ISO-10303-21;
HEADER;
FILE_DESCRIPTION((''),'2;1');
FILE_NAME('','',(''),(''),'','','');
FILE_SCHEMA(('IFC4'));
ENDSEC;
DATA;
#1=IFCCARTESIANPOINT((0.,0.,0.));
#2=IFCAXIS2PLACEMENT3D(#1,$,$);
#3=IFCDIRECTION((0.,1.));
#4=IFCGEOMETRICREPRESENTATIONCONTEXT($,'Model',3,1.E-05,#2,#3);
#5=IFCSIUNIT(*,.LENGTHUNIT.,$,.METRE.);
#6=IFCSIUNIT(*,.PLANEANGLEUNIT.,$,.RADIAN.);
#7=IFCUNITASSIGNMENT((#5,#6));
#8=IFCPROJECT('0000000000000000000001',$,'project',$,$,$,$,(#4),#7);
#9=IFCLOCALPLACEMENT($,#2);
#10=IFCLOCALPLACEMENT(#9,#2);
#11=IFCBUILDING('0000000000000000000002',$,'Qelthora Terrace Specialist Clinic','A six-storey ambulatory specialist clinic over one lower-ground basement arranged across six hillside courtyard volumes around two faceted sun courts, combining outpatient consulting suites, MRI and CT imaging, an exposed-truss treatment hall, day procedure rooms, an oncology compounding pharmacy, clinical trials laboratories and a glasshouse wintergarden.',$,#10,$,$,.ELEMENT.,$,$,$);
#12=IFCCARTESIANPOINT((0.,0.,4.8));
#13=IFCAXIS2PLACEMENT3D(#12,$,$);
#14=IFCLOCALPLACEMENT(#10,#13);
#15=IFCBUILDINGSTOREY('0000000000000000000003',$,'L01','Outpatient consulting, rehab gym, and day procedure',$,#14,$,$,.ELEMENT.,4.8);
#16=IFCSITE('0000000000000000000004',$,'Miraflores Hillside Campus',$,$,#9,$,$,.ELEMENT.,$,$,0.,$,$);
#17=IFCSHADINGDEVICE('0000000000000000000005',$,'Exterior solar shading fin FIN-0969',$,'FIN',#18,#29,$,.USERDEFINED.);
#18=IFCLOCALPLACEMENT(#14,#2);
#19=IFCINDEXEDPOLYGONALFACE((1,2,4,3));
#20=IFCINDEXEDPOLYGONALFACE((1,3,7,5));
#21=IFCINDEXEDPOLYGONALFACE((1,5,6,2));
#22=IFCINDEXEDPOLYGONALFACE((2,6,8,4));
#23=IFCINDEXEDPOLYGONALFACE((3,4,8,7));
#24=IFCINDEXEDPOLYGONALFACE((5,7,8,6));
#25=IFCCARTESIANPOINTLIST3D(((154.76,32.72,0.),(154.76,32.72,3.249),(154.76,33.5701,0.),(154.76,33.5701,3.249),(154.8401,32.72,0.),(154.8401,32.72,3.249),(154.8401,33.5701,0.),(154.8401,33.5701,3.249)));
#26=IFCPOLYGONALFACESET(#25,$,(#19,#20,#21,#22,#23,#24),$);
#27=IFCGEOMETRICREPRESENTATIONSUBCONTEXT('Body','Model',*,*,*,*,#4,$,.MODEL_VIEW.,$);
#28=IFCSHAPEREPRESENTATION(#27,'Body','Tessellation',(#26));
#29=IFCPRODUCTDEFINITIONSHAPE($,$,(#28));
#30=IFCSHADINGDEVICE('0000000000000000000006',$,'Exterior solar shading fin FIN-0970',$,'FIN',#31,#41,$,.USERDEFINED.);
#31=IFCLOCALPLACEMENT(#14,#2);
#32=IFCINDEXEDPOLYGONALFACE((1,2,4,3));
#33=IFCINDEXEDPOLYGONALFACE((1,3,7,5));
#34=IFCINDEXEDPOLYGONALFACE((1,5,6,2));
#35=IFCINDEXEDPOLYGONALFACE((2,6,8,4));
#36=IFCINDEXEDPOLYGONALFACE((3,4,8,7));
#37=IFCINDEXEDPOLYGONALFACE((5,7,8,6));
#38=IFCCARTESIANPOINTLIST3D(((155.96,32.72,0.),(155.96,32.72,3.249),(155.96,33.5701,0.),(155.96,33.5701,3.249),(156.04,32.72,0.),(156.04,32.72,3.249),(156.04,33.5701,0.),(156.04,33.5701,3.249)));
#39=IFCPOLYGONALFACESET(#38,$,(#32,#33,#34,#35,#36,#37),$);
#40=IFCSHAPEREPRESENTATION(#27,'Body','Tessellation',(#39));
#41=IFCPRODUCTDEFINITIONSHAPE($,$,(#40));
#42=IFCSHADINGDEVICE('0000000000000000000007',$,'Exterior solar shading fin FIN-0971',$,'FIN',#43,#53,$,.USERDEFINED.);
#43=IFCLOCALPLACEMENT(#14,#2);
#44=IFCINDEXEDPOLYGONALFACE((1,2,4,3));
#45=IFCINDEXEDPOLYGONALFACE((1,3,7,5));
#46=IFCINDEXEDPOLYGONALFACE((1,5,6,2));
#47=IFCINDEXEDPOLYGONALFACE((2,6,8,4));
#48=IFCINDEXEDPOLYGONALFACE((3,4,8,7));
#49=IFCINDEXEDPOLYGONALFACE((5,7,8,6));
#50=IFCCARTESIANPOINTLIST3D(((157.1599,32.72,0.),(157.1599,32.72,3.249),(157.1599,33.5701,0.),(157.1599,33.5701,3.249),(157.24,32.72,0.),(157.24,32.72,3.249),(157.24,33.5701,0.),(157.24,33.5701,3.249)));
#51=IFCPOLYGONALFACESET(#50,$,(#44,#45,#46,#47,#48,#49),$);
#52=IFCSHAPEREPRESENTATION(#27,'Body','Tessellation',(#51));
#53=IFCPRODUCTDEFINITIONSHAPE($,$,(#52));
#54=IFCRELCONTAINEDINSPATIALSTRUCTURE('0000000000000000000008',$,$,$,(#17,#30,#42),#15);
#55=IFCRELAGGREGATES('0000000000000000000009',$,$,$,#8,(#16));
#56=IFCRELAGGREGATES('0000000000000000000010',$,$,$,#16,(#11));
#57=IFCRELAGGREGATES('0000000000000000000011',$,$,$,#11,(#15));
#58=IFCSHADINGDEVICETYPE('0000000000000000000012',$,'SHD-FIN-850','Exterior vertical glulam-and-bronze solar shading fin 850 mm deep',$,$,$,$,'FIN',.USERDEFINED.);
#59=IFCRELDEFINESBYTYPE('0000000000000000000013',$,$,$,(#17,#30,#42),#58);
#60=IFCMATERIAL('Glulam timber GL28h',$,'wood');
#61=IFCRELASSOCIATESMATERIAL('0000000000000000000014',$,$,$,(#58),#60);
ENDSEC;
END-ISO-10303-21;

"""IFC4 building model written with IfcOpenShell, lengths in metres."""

from ifc_helpers import new_model, si_unit, direction, frame, origin, origin_2d, place, context, subcontext, project, spatial, rectangle, extrude, material, type_object, element, save


model = new_model("IFC4")

# Units and contexts
model_context = context("Model", 3, precision=1e-05, world=origin(), true_north=direction((0.0, 1.0)))
body_context = subcontext(model_context, "Body", "Model", "MODEL_VIEW")
ifc_project = project(units=[si_unit("LENGTHUNIT", "METRE"), si_unit("PLANEANGLEUNIT", "RADIAN")], contexts=[model_context])

# Site, building, storey
site_placement = place(None, origin())
site = spatial("IfcSite", under=ifc_project, at=site_placement, Name="Miraflores Hillside Campus", CompositionType="ELEMENT", RefElevation=0.0)
building_placement = place(site_placement, origin())
building = spatial("IfcBuilding", under=site, at=building_placement, Name="Qelthora Terrace Specialist Clinic", Description="A six-storey ambulatory specialist clinic over one lower-ground basement arranged across six hillside courtyard volumes around two faceted sun courts, combining outpatient consulting suites, MRI and CT imaging, an exposed-truss treatment hall, day procedure rooms, an oncology compounding pharmacy, clinical trials laboratories and a glasshouse wintergarden.", CompositionType="ELEMENT")
storey_placement = place(building_placement, frame((0.0, 0.0, 4.8)))
storey = spatial("IfcBuildingStorey", under=building, at=storey_placement, Name="L01", Description="Outpatient consulting, rehab gym, and day procedure", CompositionType="ELEMENT", Elevation=4.8)

# Shading devices
ifc_material_1 = material(Name="Glulam timber GL28h", Category="wood")
shading_device_type = type_object("IfcShadingDeviceType", Name="SHD-FIN-850", Description="Exterior vertical glulam-and-bronze solar shading fin 850 mm deep", ElementType="FIN", PredefinedType="USERDEFINED", material=ifc_material_1)
for number, where, z_axis, x_axis, name in (
    (1, (154.8, 33.145, 0.0), (0.0, 0.0, 1.0), (0.0, -1.0, 0.0), "Exterior solar shading fin FIN-0969"),
    (2, (156.0, 33.145, 0.0), (0.0, 0.0, 1.0), (0.0, -1.0, 0.0), "Exterior solar shading fin FIN-0970"),
    (3, (157.2, 33.145, 0.0), (0.0, 0.0, 1.0), (0.0, -1.0, 0.0), "Exterior solar shading fin FIN-0971"),
):
    element("IfcShadingDevice", number, at=place(storey_placement, frame(where, z_axis=z_axis, x_axis=x_axis)), inside=storey, type_object=shading_device_type, Name=name, ObjectType="FIN", PredefinedType="USERDEFINED", context=body_context, shape_type="SweptSolid", body=[
        extrude(rectangle(XDim=0.8501, YDim=0.0801, at=origin_2d()), origin(), (0.0, 0.0, 1.0), 3.249),
    ])

save(model, "model.ifc")
